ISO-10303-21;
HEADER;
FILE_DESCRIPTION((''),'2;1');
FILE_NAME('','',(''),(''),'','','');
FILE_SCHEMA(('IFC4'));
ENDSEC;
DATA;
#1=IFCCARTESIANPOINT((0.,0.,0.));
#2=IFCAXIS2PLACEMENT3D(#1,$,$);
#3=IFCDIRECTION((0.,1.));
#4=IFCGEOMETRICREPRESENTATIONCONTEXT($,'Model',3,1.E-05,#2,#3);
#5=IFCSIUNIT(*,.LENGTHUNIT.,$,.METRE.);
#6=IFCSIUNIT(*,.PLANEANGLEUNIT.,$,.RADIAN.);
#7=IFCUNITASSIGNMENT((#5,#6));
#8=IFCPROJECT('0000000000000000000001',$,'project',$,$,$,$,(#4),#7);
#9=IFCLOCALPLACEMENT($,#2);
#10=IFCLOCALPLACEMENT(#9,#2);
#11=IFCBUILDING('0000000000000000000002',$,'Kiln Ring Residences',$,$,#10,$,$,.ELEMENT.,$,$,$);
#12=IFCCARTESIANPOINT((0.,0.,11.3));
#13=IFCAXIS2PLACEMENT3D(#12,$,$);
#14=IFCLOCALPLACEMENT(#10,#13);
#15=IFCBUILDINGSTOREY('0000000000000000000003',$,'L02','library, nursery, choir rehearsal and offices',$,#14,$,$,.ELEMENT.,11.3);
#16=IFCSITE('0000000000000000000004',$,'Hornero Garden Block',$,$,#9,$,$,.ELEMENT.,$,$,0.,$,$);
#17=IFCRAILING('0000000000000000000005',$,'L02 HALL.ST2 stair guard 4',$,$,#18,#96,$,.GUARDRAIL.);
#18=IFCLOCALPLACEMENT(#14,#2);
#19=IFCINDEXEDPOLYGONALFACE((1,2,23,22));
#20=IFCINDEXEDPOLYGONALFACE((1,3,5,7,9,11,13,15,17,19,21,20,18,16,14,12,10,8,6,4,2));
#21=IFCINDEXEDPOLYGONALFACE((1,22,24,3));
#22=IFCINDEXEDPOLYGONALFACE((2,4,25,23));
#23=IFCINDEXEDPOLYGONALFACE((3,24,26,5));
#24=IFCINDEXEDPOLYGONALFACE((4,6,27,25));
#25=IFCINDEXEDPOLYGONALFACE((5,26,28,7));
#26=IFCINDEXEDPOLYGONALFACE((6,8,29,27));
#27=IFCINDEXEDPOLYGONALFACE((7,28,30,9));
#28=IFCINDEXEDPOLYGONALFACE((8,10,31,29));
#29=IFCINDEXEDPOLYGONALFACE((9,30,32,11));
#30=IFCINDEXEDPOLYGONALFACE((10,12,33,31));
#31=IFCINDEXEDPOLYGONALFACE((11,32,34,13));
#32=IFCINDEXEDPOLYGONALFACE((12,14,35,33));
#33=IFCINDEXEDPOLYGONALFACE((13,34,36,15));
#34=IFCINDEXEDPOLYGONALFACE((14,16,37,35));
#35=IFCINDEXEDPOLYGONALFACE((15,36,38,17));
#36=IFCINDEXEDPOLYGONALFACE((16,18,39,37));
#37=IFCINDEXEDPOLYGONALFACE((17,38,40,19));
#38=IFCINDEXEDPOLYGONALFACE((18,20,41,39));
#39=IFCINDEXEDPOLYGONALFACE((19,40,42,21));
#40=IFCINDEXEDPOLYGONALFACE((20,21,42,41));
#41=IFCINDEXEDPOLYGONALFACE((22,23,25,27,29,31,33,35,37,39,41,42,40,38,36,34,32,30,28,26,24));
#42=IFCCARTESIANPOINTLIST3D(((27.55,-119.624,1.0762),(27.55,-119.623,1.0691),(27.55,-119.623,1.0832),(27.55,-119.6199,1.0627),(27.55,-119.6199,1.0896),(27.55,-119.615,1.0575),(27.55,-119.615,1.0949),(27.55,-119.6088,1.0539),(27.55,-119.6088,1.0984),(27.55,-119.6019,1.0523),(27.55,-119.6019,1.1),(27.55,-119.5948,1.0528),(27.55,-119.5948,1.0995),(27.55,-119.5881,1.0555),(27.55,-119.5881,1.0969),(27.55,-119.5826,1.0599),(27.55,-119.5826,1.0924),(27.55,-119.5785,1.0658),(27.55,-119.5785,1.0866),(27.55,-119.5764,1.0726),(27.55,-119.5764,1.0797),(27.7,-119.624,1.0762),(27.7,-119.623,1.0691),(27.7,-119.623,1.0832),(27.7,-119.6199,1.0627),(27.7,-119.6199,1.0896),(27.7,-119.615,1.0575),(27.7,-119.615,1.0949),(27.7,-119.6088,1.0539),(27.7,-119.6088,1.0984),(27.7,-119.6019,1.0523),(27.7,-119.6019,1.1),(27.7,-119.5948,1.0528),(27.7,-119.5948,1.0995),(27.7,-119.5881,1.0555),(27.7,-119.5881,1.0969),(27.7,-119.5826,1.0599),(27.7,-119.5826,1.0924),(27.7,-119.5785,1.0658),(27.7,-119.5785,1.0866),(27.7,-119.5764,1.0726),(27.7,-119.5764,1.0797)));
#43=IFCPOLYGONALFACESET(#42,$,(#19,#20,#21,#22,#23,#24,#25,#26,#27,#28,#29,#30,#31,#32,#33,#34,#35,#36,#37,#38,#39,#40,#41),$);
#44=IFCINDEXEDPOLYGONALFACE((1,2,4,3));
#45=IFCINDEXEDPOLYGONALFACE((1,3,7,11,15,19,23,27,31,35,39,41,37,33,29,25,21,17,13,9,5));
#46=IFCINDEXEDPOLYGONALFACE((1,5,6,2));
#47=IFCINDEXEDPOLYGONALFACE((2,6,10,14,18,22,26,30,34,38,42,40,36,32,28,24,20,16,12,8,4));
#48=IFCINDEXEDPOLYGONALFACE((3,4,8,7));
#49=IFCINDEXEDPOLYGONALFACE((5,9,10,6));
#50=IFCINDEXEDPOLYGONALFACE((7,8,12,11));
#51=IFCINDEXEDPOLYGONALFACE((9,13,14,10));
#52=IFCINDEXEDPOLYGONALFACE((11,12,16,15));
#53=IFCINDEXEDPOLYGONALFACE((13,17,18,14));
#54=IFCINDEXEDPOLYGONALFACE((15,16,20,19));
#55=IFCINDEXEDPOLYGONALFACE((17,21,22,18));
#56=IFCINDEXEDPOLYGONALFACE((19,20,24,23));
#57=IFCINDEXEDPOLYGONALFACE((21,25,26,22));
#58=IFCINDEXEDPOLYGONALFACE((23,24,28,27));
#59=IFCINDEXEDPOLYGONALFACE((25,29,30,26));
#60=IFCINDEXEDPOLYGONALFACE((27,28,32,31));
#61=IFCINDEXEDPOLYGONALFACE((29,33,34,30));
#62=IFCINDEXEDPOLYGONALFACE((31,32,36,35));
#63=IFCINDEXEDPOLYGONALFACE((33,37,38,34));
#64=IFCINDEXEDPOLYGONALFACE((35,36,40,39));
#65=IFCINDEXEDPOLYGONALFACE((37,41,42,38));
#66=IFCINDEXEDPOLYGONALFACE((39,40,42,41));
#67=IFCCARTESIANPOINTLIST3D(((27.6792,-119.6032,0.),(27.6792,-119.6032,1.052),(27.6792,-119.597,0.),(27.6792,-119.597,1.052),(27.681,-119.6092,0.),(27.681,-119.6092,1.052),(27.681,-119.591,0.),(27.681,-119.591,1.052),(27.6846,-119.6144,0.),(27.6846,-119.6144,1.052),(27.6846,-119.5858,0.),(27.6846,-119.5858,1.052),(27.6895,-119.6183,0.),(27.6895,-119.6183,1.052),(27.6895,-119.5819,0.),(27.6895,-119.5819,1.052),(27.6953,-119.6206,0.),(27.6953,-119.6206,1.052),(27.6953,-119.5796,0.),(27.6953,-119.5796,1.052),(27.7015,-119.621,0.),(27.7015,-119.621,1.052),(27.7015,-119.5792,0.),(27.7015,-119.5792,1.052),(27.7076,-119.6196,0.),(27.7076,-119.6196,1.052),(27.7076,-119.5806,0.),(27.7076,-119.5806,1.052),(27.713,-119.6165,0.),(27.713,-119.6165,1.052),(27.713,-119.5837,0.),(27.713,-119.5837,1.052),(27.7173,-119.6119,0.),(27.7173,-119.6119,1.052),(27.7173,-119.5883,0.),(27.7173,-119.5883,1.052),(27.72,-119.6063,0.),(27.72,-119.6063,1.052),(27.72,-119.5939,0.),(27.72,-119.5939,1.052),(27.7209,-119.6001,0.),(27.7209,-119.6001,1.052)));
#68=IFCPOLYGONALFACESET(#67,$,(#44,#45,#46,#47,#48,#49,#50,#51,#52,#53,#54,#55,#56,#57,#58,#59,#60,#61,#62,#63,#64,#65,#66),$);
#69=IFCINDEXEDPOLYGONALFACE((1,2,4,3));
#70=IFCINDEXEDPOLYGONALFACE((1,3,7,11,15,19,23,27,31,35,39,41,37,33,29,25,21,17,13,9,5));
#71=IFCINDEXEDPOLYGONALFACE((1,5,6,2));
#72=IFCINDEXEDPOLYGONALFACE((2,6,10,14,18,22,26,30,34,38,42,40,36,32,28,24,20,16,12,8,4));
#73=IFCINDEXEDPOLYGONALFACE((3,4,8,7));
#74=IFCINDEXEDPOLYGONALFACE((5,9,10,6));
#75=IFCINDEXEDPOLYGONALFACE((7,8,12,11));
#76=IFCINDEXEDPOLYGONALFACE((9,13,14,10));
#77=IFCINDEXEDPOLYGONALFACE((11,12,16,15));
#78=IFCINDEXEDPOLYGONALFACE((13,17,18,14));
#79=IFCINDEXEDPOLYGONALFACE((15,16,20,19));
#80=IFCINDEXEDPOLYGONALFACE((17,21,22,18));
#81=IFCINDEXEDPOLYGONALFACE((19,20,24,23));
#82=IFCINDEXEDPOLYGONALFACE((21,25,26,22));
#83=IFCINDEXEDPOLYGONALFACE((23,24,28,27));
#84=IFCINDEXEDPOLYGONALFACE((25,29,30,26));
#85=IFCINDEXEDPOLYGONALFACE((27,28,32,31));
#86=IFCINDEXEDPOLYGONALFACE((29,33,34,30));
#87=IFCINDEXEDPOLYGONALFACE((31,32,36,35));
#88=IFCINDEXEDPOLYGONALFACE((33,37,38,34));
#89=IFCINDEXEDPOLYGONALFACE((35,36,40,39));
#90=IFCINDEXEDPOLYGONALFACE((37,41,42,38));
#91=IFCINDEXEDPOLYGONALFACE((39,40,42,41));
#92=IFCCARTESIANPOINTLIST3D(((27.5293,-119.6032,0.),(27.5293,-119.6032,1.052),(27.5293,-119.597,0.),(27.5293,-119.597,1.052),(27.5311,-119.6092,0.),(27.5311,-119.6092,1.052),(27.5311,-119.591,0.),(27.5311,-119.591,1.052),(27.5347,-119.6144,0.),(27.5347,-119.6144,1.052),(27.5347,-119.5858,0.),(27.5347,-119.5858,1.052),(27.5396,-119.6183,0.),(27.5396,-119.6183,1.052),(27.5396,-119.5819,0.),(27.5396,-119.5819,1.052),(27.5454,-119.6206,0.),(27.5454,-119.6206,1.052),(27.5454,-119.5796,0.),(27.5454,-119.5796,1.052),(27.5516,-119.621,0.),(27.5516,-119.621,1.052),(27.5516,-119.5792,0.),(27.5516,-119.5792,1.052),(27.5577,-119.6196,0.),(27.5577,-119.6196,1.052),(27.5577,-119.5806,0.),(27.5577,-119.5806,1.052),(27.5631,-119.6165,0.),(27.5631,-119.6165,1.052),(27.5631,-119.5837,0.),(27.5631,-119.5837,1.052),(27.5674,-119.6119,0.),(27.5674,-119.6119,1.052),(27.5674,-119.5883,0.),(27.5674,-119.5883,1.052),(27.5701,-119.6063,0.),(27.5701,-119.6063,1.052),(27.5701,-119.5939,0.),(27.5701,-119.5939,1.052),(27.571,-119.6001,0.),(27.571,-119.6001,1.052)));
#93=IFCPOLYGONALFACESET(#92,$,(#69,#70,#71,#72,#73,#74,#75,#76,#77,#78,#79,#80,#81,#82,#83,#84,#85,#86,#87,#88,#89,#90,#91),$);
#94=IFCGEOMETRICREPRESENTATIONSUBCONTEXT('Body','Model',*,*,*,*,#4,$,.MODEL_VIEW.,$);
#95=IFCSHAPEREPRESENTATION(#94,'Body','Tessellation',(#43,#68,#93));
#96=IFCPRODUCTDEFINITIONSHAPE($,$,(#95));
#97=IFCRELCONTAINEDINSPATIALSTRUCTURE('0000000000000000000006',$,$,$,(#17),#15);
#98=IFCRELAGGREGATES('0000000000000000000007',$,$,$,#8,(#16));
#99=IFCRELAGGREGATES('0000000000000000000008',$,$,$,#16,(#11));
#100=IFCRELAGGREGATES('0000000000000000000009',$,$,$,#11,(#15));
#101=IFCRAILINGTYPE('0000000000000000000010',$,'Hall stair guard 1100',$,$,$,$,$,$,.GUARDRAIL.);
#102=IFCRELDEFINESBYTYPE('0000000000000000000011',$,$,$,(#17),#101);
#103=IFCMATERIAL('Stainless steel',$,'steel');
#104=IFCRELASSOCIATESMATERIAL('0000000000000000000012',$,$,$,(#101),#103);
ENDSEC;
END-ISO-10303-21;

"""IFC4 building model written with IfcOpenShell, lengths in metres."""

from ifc_helpers import new_model, si_unit, direction, frame, origin, origin_2d, place, context, subcontext, project, spatial, circle, extrude, material, type_object, element, save


model = new_model("IFC4")

# Units and contexts
model_context = context("Model", 3, precision=1e-05, world=origin(), true_north=direction((0.0, 1.0)))
body_context = subcontext(model_context, "Body", "Model", "MODEL_VIEW")
ifc_project = project(units=[si_unit("LENGTHUNIT", "METRE"), si_unit("PLANEANGLEUNIT", "RADIAN")], contexts=[model_context])

# Site, building, storey
site_placement = place(None, origin())
site = spatial("IfcSite", under=ifc_project, at=site_placement, Name="Hornero Garden Block", CompositionType="ELEMENT", RefElevation=0.0)
building_placement = place(site_placement, origin())
building = spatial("IfcBuilding", under=site, at=building_placement, Name="Kiln Ring Residences", CompositionType="ELEMENT")
storey_placement = place(building_placement, frame((0.0, 0.0, 11.3)))
storey = spatial("IfcBuildingStorey", under=building, at=storey_placement, Name="L02", Description="library, nursery, choir rehearsal and offices", CompositionType="ELEMENT", Elevation=11.3)

# Railing
ifc_material_1 = material(Name="Stainless steel", Category="steel")
railing_type_1 = type_object("IfcRailingType", Name="Hall stair guard 1100", PredefinedType="GUARDRAIL", material=ifc_material_1)
railing_1_placement = place(storey_placement, frame((27.7, -119.6001, 0.0)))
element("IfcRailing", 1, at=railing_1_placement, inside=storey, type_object=railing_type_1, Name="L02 HALL.ST2 stair guard 4", PredefinedType="GUARDRAIL", context=body_context, shape_type="SweptSolid", body=[
    extrude(circle(Radius=0.0239, at=origin_2d()), frame((0.0, 0.0, 1.0762), z_axis=(-1.0, 0.0, 0.0), x_axis=(0.0, -1.0, 0.0)), (0.0, 0.0, 1.0), 0.1499),
    extrude(circle(Radius=0.021, at=origin_2d()), origin(), (0.0, 0.0, 1.0), 1.052),
    extrude(circle(Radius=0.021, at=origin_2d()), frame((-0.1499, 0.0, 0.0)), (0.0, 0.0, 1.0), 1.052),
])

save(model, "model.ifc")
